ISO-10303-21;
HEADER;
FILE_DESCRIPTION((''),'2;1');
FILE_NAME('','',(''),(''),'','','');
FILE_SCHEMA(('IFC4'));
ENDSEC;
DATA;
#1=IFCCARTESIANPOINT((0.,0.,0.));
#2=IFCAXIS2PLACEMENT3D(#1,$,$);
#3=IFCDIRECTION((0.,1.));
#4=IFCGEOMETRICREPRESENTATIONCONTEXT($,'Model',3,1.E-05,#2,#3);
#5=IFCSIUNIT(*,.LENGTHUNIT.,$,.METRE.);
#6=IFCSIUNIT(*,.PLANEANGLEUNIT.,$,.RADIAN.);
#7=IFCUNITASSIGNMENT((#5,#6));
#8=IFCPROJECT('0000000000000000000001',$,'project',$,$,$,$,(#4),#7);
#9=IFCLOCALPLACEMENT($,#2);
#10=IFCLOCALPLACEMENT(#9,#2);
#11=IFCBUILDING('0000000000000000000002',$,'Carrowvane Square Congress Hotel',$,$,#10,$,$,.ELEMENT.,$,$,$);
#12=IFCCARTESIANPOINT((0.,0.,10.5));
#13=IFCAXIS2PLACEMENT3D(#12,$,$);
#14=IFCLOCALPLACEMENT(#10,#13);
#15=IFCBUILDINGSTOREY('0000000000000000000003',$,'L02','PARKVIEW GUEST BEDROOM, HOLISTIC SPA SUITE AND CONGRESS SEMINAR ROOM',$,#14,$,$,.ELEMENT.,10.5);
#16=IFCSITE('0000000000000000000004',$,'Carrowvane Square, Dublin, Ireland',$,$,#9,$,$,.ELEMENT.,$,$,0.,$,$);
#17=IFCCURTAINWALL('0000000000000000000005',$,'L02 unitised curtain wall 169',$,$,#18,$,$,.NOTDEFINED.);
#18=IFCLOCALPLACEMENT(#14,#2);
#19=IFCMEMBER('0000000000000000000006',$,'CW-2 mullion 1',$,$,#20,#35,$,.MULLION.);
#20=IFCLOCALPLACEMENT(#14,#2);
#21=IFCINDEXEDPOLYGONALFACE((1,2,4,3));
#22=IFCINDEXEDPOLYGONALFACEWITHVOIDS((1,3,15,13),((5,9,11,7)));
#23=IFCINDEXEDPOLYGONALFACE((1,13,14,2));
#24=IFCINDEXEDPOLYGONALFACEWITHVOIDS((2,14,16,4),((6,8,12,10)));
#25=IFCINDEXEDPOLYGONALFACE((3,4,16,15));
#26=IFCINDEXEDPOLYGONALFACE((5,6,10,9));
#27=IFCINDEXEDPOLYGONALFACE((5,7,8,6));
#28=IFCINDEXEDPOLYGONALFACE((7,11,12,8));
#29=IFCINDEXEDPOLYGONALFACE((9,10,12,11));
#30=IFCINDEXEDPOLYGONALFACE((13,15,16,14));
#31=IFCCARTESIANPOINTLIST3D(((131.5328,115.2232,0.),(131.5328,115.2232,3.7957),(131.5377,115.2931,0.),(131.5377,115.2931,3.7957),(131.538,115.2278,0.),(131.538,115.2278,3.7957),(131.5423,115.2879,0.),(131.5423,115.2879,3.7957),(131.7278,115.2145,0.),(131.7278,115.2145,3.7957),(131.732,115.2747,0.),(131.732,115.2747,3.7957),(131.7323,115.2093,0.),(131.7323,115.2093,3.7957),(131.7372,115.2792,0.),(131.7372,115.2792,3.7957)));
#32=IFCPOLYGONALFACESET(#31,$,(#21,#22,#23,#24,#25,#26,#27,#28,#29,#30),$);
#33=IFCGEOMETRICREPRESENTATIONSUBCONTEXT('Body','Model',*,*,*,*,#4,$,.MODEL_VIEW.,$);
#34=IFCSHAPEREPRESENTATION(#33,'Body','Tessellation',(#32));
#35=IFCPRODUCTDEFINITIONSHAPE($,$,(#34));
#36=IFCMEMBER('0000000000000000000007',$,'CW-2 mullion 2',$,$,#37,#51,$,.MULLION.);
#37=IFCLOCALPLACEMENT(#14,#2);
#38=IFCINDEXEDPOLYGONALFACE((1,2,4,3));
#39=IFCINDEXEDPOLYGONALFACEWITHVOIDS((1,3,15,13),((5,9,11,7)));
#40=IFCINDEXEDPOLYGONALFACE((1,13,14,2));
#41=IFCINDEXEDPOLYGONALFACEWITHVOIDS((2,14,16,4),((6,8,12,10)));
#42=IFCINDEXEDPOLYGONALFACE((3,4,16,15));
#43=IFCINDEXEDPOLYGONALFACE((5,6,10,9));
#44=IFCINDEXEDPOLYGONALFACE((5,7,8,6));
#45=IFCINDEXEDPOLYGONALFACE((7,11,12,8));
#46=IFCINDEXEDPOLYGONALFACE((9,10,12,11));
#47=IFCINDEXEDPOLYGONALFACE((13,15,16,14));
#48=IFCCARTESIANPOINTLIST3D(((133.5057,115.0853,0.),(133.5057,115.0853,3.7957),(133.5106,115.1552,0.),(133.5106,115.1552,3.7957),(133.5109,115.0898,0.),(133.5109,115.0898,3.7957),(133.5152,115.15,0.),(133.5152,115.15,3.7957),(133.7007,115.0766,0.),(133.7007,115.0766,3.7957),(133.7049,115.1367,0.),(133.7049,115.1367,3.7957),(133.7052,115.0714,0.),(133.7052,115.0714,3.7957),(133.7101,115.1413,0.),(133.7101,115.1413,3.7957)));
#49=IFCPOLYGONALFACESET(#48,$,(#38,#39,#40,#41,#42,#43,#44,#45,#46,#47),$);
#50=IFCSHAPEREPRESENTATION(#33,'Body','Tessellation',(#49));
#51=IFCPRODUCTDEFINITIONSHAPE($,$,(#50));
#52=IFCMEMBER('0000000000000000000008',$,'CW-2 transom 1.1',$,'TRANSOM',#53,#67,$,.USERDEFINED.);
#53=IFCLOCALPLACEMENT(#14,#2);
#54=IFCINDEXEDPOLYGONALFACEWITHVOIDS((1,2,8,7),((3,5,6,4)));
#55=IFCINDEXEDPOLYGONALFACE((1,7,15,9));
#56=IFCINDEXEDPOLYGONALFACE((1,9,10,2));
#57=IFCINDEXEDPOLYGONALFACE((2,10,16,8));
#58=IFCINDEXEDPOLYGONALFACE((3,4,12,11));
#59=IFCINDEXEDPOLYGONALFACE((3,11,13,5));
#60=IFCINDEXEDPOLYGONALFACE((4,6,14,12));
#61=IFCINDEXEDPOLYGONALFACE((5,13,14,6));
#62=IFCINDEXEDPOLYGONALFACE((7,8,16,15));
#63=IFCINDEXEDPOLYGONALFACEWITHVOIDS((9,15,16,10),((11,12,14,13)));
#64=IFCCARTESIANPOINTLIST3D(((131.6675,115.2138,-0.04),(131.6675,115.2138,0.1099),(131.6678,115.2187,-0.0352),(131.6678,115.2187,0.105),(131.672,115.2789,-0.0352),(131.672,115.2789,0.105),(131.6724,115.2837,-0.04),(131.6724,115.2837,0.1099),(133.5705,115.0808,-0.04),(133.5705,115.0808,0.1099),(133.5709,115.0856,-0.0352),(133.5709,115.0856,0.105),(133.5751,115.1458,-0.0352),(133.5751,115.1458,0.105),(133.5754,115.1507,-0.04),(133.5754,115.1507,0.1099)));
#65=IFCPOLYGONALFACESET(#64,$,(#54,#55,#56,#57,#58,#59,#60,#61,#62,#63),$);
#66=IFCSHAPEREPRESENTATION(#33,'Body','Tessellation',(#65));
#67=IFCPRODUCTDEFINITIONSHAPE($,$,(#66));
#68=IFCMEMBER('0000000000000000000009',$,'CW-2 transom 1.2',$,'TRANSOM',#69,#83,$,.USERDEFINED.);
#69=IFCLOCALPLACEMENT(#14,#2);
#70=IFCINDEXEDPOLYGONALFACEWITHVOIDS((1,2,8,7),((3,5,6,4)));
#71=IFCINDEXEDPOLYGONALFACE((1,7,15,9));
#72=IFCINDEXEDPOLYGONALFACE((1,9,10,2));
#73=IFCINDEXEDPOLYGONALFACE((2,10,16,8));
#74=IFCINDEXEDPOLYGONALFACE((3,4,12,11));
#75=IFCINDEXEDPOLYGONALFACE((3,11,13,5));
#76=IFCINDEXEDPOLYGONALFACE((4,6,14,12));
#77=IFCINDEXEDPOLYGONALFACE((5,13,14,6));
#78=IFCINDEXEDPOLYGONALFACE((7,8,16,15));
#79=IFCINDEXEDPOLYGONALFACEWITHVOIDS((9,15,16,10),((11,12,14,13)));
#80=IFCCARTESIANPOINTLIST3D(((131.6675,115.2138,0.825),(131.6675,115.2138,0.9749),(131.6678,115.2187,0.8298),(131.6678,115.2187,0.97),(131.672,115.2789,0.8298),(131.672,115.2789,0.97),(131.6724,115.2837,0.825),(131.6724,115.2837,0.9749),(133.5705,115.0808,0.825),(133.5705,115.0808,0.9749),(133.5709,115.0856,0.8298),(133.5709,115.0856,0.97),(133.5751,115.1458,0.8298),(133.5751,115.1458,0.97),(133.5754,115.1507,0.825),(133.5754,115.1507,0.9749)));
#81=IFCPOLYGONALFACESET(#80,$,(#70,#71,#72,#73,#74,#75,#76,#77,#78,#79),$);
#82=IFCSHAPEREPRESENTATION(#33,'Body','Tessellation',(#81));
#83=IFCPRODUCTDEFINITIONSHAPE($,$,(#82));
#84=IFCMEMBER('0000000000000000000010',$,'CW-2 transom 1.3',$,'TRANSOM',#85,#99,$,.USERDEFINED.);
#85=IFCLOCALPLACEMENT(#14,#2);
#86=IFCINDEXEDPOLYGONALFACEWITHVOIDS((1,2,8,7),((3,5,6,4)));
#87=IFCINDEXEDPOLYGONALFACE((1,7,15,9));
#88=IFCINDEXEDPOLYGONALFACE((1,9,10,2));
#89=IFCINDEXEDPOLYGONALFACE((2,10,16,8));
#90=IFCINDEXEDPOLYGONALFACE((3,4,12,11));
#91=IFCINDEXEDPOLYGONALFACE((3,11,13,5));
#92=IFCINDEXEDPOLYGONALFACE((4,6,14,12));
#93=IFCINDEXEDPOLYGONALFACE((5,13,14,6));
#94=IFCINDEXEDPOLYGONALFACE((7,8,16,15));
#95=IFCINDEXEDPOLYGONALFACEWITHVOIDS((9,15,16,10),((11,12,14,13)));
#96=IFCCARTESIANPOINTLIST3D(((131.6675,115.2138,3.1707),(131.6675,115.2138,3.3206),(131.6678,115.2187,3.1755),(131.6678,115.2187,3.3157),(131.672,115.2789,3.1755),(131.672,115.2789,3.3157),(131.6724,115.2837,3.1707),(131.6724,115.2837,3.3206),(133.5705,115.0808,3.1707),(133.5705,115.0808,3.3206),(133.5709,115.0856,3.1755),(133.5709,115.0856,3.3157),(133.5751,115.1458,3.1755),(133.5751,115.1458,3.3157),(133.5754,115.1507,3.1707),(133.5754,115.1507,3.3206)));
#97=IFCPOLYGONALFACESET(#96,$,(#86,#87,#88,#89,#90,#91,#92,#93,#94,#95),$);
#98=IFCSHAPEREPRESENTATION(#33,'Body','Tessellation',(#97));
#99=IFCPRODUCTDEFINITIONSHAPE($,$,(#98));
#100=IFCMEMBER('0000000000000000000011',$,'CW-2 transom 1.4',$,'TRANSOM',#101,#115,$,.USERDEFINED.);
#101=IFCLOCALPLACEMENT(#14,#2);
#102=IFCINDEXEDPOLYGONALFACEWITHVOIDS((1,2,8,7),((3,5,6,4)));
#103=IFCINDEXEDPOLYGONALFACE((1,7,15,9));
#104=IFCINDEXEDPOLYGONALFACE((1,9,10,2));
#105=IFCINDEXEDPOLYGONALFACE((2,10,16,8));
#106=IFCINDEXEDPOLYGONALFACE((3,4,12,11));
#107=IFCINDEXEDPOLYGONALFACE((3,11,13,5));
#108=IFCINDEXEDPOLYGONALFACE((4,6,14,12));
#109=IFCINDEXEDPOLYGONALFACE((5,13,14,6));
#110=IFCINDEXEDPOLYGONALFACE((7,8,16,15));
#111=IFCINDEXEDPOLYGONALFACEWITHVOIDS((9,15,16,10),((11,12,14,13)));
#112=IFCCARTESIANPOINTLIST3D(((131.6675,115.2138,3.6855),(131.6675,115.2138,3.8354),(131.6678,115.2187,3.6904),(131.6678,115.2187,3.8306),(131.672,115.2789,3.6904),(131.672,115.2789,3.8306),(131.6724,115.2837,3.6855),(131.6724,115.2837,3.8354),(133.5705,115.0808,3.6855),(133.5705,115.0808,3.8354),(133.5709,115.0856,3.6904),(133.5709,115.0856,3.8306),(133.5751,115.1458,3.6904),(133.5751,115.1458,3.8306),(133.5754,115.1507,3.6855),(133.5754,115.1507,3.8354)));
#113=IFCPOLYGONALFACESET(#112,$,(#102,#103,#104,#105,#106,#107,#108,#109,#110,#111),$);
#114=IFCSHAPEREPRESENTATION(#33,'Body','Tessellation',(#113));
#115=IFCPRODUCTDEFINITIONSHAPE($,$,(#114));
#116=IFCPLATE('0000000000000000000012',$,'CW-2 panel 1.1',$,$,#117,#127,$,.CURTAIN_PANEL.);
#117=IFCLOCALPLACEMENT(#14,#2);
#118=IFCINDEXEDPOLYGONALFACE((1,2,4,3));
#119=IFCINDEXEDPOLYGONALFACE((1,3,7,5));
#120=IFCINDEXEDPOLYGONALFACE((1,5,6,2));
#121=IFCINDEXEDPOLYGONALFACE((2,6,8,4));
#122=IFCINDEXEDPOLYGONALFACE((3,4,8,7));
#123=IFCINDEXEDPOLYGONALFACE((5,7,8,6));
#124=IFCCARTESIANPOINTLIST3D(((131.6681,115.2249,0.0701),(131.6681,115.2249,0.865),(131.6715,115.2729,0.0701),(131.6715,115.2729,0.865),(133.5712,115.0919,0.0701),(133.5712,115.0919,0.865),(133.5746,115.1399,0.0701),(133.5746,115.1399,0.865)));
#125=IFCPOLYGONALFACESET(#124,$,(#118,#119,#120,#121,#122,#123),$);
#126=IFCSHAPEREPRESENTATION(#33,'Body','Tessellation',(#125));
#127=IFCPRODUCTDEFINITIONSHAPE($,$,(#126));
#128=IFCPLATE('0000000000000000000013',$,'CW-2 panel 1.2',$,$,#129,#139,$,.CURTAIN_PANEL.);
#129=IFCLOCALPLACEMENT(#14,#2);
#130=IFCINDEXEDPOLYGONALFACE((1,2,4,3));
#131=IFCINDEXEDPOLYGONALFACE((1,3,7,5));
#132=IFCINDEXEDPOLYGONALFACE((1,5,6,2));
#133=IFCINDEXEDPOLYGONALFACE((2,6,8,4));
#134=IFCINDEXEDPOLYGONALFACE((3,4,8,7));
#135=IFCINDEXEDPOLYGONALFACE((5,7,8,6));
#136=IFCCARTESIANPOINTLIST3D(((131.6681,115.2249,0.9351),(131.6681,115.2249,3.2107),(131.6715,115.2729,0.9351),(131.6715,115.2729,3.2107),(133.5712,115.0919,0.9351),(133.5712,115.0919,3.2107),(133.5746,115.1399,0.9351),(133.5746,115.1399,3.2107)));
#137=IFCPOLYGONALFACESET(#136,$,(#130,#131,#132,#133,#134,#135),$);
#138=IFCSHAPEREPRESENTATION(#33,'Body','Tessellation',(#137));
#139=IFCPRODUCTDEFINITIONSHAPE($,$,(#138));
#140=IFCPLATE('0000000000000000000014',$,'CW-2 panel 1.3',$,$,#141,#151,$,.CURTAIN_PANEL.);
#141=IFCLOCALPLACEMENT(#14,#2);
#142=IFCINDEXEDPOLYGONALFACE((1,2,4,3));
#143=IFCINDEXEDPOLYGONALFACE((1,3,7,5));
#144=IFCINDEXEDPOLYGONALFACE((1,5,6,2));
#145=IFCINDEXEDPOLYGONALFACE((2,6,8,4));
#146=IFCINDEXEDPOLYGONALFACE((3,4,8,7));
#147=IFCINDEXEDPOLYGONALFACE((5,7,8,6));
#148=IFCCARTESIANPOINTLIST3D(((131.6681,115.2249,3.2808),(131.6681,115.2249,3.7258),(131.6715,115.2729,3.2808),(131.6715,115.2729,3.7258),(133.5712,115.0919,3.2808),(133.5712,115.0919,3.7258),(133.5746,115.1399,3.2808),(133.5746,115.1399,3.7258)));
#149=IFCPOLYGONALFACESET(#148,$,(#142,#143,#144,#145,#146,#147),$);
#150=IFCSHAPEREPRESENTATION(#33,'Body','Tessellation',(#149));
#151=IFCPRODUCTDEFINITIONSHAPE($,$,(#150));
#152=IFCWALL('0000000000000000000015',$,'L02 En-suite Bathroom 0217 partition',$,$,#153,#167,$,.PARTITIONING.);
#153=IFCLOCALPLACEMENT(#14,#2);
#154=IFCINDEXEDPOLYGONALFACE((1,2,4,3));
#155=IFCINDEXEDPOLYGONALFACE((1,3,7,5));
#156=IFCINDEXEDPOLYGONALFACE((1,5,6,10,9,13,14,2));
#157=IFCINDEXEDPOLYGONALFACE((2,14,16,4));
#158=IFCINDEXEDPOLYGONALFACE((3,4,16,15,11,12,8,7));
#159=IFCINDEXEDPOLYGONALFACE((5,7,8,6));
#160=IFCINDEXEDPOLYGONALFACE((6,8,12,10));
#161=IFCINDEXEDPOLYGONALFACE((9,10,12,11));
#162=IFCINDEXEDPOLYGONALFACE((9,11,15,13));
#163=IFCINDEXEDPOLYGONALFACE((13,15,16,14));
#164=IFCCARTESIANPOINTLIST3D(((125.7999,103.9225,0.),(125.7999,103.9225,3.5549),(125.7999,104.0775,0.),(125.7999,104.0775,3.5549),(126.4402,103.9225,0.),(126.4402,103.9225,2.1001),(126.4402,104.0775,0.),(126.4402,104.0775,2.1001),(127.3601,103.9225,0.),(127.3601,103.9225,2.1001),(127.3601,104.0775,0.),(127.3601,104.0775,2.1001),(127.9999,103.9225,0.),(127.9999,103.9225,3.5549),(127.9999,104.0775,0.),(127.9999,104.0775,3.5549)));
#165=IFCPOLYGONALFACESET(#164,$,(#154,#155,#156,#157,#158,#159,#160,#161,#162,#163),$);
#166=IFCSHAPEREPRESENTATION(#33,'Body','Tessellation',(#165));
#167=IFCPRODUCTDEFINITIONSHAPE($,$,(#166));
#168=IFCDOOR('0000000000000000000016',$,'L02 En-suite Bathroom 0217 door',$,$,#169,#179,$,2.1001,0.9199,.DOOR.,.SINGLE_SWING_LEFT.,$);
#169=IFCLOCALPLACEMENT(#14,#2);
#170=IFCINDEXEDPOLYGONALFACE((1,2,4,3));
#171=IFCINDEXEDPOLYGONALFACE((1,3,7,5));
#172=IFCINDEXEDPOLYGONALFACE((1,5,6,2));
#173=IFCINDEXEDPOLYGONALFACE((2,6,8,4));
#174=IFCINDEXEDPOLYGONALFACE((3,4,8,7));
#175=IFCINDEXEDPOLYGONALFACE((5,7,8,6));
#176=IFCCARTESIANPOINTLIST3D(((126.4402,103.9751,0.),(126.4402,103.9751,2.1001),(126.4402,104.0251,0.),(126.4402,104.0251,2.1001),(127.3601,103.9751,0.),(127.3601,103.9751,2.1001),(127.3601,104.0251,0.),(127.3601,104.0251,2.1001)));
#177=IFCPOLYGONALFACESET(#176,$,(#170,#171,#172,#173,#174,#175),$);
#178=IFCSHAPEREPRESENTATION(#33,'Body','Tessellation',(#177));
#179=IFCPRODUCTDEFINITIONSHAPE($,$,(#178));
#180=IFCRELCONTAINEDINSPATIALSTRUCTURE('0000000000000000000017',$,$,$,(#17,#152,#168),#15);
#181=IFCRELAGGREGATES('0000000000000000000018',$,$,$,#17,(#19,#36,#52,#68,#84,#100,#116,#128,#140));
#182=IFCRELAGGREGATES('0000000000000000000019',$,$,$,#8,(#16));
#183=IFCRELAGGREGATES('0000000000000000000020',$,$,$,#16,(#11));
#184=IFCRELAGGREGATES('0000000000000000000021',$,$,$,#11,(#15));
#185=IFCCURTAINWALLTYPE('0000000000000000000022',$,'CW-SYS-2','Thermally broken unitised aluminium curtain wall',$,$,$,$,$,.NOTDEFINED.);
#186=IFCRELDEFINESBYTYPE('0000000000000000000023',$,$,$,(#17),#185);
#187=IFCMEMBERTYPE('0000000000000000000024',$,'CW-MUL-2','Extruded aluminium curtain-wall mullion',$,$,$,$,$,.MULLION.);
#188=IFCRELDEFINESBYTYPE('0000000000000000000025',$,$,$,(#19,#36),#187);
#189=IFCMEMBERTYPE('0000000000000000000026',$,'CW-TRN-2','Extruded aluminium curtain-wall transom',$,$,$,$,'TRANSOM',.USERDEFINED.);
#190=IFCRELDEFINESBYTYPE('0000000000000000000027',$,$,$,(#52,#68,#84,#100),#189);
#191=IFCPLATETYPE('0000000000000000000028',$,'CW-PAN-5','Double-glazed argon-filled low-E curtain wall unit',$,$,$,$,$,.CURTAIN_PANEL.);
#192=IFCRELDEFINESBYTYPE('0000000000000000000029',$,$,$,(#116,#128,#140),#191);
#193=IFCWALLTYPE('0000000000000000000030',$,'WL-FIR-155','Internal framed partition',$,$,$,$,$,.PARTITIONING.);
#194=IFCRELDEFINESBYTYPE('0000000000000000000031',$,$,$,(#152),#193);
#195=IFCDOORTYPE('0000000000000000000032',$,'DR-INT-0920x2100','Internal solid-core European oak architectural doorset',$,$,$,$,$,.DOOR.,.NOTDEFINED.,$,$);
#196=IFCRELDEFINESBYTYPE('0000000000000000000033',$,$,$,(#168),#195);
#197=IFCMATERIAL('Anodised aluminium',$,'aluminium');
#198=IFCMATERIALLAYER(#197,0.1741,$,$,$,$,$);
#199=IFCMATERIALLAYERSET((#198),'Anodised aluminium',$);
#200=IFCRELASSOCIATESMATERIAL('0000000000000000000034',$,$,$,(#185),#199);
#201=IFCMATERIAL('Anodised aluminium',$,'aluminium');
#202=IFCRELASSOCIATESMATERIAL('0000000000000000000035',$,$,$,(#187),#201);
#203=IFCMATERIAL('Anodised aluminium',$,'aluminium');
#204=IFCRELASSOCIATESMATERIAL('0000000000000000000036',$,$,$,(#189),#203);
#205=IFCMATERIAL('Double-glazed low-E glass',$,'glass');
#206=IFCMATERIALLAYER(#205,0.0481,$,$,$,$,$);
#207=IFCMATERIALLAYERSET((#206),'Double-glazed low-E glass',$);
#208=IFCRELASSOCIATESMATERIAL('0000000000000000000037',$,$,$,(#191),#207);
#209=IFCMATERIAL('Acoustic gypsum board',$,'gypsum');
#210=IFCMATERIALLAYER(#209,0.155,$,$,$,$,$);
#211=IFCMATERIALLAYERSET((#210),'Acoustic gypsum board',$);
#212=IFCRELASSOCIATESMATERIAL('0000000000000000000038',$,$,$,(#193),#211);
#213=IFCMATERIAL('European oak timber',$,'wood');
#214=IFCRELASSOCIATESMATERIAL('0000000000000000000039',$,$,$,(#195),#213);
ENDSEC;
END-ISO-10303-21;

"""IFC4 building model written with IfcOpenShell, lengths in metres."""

from ifc_helpers import new_model, si_unit, direction, frame, frame_2d, origin, origin_2d, place, context, subcontext, project, spatial, rectangle, hollow_rectangle, extrude, material, layer, layer_set, material_profile, profile_set, type_object, element, fill, aggregate, save


model = new_model("IFC4")

# Units and contexts
model_context = context("Model", 3, precision=1e-05, world=origin(), true_north=direction((0.0, 1.0)))
body_context = subcontext(model_context, "Body", "Model", "MODEL_VIEW")
ifc_project = project(units=[si_unit("LENGTHUNIT", "METRE"), si_unit("PLANEANGLEUNIT", "RADIAN")], contexts=[model_context])

# Site, building, storey
site_placement = place(None, origin())
site = spatial("IfcSite", under=ifc_project, at=site_placement, Name="Carrowvane Square, Dublin, Ireland", CompositionType="ELEMENT", RefElevation=0.0)
building_placement = place(site_placement, origin())
building = spatial("IfcBuilding", under=site, at=building_placement, Name="Carrowvane Square Congress Hotel", CompositionType="ELEMENT")
storey_placement = place(building_placement, frame((0.0, 0.0, 10.5)))
storey = spatial("IfcBuildingStorey", under=building, at=storey_placement, Name="L02", Description="PARKVIEW GUEST BEDROOM, HOLISTIC SPA SUITE AND CONGRESS SEMINAR ROOM", CompositionType="ELEMENT", Elevation=10.5)

# Curtain wall, members, plates
ifc_material_1 = material(Name="Anodised aluminium", Category="aluminium")
ifc_layer_1 = layer(ifc_material_1, 0.1741)
ifc_layer_set_1 = layer_set([ifc_layer_1], Name="Anodised aluminium")
curtain_wall_type_1 = type_object("IfcCurtainWallType", Name="CW-SYS-2", Description="Thermally broken unitised aluminium curtain wall", PredefinedType="NOTDEFINED", material=ifc_layer_set_1)
curtain_wall_1_placement = place(storey_placement, origin())
curtain_wall_1 = element("IfcCurtainWall", 1, at=curtain_wall_1_placement, inside=storey, type_object=curtain_wall_type_1, Name="L02 unitised curtain wall 169", PredefinedType="NOTDEFINED")
ifc_material_2 = material(Name="Anodised aluminium", Category="aluminium")
ifc_material_profile_1 = material_profile(ifc_material_2, hollow_rectangle(XDim=0.0701, YDim=0.2, WallThickness=0.0049, at=origin_2d()), Name="CW-ML 70x200x5")
ifc_profile_set_1 = profile_set([ifc_material_profile_1], Name="Anodised aluminium")
member_type_1 = type_object("IfcMemberType", Name="CW-MUL-2", Description="Extruded aluminium curtain-wall mullion", PredefinedType="MULLION", material=ifc_profile_set_1)
member_1_placement = place(storey_placement, frame((131.635, 115.2512, 0.0), z_axis=(0.0, 0.0, 1.0), x_axis=(0.069727, 0.997566, 0.0)))
member_1 = element("IfcMember", 2, at=member_1_placement, type_object=member_type_1, Name="CW-2 mullion 1", PredefinedType="MULLION", context=body_context, shape_type="SweptSolid", body=[
    extrude(hollow_rectangle(XDim=0.0701, YDim=0.2, WallThickness=0.0049, at=origin_2d()), origin(), (0.0, 0.0, 1.0), 3.7957),
])
member_2_placement = place(storey_placement, frame((133.6079, 115.1133, 0.0), z_axis=(0.0, 0.0, 1.0), x_axis=(0.069727, 0.997566, 0.0)))
member_2 = element("IfcMember", 3, at=member_2_placement, type_object=member_type_1, Name="CW-2 mullion 2", PredefinedType="MULLION", context=body_context, shape_type="SweptSolid", body=[
    extrude(hollow_rectangle(XDim=0.0701, YDim=0.2, WallThickness=0.0049, at=origin_2d()), origin(), (0.0, 0.0, 1.0), 3.7957),
])
ifc_material_3 = material(Name="Anodised aluminium", Category="aluminium")
ifc_material_profile_2 = material_profile(ifc_material_3, hollow_rectangle(XDim=0.0701, YDim=0.1499, WallThickness=0.0049, at=origin_2d()), Name="CW-TR 70x150x5")
ifc_profile_set_2 = profile_set([ifc_material_profile_2], Name="Anodised aluminium")
member_type_2 = type_object("IfcMemberType", Name="CW-TRN-2", Description="Extruded aluminium curtain-wall transom", ElementType="TRANSOM", PredefinedType="USERDEFINED", material=ifc_profile_set_2)
member_3_placement = place(storey_placement, frame((131.6699, 115.2488, 0.0349), z_axis=(0.997565, -0.069746, 0.0), x_axis=(0.069746, 0.997565, 0.0)))
member_3 = element("IfcMember", 4, at=member_3_placement, type_object=member_type_2, Name="CW-2 transom 1.1", ObjectType="TRANSOM", PredefinedType="USERDEFINED", context=body_context, shape_type="SweptSolid", body=[
    extrude(hollow_rectangle(XDim=0.0701, YDim=0.1499, WallThickness=0.0049, at=origin_2d()), origin(), (0.0, 0.0, 1.0), 1.9077),
])
member_4_placement = place(storey_placement, frame((131.6699, 115.2488, 0.8999), z_axis=(0.997565, -0.069746, 0.0), x_axis=(0.069746, 0.997565, 0.0)))
member_4 = element("IfcMember", 5, at=member_4_placement, type_object=member_type_2, Name="CW-2 transom 1.2", ObjectType="TRANSOM", PredefinedType="USERDEFINED", context=body_context, shape_type="SweptSolid", body=[
    extrude(hollow_rectangle(XDim=0.0701, YDim=0.1499, WallThickness=0.0049, at=origin_2d()), origin(), (0.0, 0.0, 1.0), 1.9077),
])
member_5_placement = place(storey_placement, frame((131.6699, 115.2488, 3.2456), z_axis=(0.997565, -0.069746, 0.0), x_axis=(0.069746, 0.997565, 0.0)))
member_5 = element("IfcMember", 6, at=member_5_placement, type_object=member_type_2, Name="CW-2 transom 1.3", ObjectType="TRANSOM", PredefinedType="USERDEFINED", context=body_context, shape_type="SweptSolid", body=[
    extrude(hollow_rectangle(XDim=0.0701, YDim=0.1499, WallThickness=0.0049, at=origin_2d()), origin(), (0.0, 0.0, 1.0), 1.9077),
])
member_6_placement = place(storey_placement, frame((131.6699, 115.2488, 3.7605), z_axis=(0.997565, -0.069746, 0.0), x_axis=(0.069746, 0.997565, 0.0)))
member_6 = element("IfcMember", 7, at=member_6_placement, type_object=member_type_2, Name="CW-2 transom 1.4", ObjectType="TRANSOM", PredefinedType="USERDEFINED", context=body_context, shape_type="SweptSolid", body=[
    extrude(hollow_rectangle(XDim=0.0701, YDim=0.1499, WallThickness=0.0049, at=origin_2d()), origin(), (0.0, 0.0, 1.0), 1.9077),
])
ifc_material_4 = material(Name="Double-glazed low-E glass", Category="glass")
ifc_layer_2 = layer(ifc_material_4, 0.0481)
ifc_layer_set_2 = layer_set([ifc_layer_2], Name="Double-glazed low-E glass")
plate_type = type_object("IfcPlateType", Name="CW-PAN-5", Description="Double-glazed argon-filled low-E curtain wall unit", PredefinedType="CURTAIN_PANEL", material=ifc_layer_set_2)
plate_1_placement = place(storey_placement, frame((132.6213, 115.1824, 0.0701), z_axis=(0.0, 0.0, 1.0), x_axis=(0.997566, -0.069727, 0.0)))
plate_1 = element("IfcPlate", 8, at=plate_1_placement, type_object=plate_type, Name="CW-2 panel 1.1", PredefinedType="CURTAIN_PANEL", context=body_context, shape_type="SweptSolid", body=[
    extrude(rectangle(XDim=1.9077, YDim=0.0481, at=origin_2d()), origin(), (0.0, 0.0, 1.0), 0.7949),
])
plate_2_placement = place(storey_placement, frame((132.6213, 115.1824, 0.9351), z_axis=(0.0, 0.0, 1.0), x_axis=(0.997566, -0.069727, 0.0)))
plate_2 = element("IfcPlate", 9, at=plate_2_placement, type_object=plate_type, Name="CW-2 panel 1.2", PredefinedType="CURTAIN_PANEL", context=body_context, shape_type="SweptSolid", body=[
    extrude(rectangle(XDim=1.9077, YDim=0.0481, at=origin_2d()), origin(), (0.0, 0.0, 1.0), 2.2756),
])
plate_3_placement = place(storey_placement, frame((132.6213, 115.1824, 3.2808), z_axis=(0.0, 0.0, 1.0), x_axis=(0.997566, -0.069727, 0.0)))
plate_3 = element("IfcPlate", 10, at=plate_3_placement, type_object=plate_type, Name="CW-2 panel 1.3", PredefinedType="CURTAIN_PANEL", context=body_context, shape_type="SweptSolid", body=[
    extrude(rectangle(XDim=1.9077, YDim=0.0481, at=origin_2d()), origin(), (0.0, 0.0, 1.0), 0.4451),
])
aggregate(curtain_wall_1, [member_1, member_2, member_3, member_4, member_5, member_6, plate_1, plate_2, plate_3])

# Wall, opening, door
ifc_material_5 = material(Name="Acoustic gypsum board", Category="gypsum")
ifc_layer_3 = layer(ifc_material_5, 0.155)
ifc_layer_set_3 = layer_set([ifc_layer_3], Name="Acoustic gypsum board")
wall_type_1 = type_object("IfcWallType", Name="WL-FIR-155", Description="Internal framed partition", PredefinedType="PARTITIONING", material=ifc_layer_set_3)
wall_1_placement = place(storey_placement, frame((128.0, 104.0, 0.0), z_axis=(0.0, 0.0, 1.0), x_axis=(-1.0, 0.0, 0.0)))
wall_1 = element("IfcWall", 11, at=wall_1_placement, inside=storey, type_object=wall_type_1, Name="L02 En-suite Bathroom 0217 partition", PredefinedType="PARTITIONING", context=body_context, shape_type="SweptSolid", body=[
    extrude(rectangle(XDim=2.2, YDim=0.155, at=frame_2d((1.1001, 0.0))), origin(), (0.0, 0.0, 1.0), 3.5549),
])
opening_1_placement = place(wall_1_placement, frame((0.6399, 0.0, 0.0)))
opening_1 = element("IfcOpeningElement", 12, at=opening_1_placement, cuts=wall_1, PredefinedType="OPENING", context=body_context, shape_type="SweptSolid", body=[
    extrude(rectangle(XDim=0.9199, YDim=2.1001, at=frame_2d((0.46, 1.05))), frame((0.0, 0.0874, 0.0), z_axis=(0.0, -1.0, 0.0), x_axis=(1.0, 0.0, 0.0)), (0.0, 0.0, 1.0), 0.175),
])
ifc_material_6 = material(Name="European oak timber", Category="wood")
door_type_1 = type_object("IfcDoorType", Name="DR-INT-0920x2100", Description="Internal solid-core European oak architectural doorset", OperationType="NOTDEFINED", PredefinedType="DOOR", material=ifc_material_6)
door_1_placement = place(opening_1_placement, origin())
door_1 = element("IfcDoor", 13, at=door_1_placement, inside=storey, type_object=door_type_1, Name="L02 En-suite Bathroom 0217 door", OperationType="SINGLE_SWING_LEFT", OverallHeight=2.1001, OverallWidth=0.9199, PredefinedType="DOOR", context=body_context, shape_type="SweptSolid", body=[
    extrude(rectangle(XDim=0.9199, YDim=2.1001, at=frame_2d((0.46, 1.05))), frame((0.0, 0.0249, 0.0), z_axis=(0.0, -1.0, 0.0), x_axis=(1.0, 0.0, 0.0)), (0.0, 0.0, 1.0), 0.05),
])
fill(opening_1, door_1)

save(model, "model.ifc")
